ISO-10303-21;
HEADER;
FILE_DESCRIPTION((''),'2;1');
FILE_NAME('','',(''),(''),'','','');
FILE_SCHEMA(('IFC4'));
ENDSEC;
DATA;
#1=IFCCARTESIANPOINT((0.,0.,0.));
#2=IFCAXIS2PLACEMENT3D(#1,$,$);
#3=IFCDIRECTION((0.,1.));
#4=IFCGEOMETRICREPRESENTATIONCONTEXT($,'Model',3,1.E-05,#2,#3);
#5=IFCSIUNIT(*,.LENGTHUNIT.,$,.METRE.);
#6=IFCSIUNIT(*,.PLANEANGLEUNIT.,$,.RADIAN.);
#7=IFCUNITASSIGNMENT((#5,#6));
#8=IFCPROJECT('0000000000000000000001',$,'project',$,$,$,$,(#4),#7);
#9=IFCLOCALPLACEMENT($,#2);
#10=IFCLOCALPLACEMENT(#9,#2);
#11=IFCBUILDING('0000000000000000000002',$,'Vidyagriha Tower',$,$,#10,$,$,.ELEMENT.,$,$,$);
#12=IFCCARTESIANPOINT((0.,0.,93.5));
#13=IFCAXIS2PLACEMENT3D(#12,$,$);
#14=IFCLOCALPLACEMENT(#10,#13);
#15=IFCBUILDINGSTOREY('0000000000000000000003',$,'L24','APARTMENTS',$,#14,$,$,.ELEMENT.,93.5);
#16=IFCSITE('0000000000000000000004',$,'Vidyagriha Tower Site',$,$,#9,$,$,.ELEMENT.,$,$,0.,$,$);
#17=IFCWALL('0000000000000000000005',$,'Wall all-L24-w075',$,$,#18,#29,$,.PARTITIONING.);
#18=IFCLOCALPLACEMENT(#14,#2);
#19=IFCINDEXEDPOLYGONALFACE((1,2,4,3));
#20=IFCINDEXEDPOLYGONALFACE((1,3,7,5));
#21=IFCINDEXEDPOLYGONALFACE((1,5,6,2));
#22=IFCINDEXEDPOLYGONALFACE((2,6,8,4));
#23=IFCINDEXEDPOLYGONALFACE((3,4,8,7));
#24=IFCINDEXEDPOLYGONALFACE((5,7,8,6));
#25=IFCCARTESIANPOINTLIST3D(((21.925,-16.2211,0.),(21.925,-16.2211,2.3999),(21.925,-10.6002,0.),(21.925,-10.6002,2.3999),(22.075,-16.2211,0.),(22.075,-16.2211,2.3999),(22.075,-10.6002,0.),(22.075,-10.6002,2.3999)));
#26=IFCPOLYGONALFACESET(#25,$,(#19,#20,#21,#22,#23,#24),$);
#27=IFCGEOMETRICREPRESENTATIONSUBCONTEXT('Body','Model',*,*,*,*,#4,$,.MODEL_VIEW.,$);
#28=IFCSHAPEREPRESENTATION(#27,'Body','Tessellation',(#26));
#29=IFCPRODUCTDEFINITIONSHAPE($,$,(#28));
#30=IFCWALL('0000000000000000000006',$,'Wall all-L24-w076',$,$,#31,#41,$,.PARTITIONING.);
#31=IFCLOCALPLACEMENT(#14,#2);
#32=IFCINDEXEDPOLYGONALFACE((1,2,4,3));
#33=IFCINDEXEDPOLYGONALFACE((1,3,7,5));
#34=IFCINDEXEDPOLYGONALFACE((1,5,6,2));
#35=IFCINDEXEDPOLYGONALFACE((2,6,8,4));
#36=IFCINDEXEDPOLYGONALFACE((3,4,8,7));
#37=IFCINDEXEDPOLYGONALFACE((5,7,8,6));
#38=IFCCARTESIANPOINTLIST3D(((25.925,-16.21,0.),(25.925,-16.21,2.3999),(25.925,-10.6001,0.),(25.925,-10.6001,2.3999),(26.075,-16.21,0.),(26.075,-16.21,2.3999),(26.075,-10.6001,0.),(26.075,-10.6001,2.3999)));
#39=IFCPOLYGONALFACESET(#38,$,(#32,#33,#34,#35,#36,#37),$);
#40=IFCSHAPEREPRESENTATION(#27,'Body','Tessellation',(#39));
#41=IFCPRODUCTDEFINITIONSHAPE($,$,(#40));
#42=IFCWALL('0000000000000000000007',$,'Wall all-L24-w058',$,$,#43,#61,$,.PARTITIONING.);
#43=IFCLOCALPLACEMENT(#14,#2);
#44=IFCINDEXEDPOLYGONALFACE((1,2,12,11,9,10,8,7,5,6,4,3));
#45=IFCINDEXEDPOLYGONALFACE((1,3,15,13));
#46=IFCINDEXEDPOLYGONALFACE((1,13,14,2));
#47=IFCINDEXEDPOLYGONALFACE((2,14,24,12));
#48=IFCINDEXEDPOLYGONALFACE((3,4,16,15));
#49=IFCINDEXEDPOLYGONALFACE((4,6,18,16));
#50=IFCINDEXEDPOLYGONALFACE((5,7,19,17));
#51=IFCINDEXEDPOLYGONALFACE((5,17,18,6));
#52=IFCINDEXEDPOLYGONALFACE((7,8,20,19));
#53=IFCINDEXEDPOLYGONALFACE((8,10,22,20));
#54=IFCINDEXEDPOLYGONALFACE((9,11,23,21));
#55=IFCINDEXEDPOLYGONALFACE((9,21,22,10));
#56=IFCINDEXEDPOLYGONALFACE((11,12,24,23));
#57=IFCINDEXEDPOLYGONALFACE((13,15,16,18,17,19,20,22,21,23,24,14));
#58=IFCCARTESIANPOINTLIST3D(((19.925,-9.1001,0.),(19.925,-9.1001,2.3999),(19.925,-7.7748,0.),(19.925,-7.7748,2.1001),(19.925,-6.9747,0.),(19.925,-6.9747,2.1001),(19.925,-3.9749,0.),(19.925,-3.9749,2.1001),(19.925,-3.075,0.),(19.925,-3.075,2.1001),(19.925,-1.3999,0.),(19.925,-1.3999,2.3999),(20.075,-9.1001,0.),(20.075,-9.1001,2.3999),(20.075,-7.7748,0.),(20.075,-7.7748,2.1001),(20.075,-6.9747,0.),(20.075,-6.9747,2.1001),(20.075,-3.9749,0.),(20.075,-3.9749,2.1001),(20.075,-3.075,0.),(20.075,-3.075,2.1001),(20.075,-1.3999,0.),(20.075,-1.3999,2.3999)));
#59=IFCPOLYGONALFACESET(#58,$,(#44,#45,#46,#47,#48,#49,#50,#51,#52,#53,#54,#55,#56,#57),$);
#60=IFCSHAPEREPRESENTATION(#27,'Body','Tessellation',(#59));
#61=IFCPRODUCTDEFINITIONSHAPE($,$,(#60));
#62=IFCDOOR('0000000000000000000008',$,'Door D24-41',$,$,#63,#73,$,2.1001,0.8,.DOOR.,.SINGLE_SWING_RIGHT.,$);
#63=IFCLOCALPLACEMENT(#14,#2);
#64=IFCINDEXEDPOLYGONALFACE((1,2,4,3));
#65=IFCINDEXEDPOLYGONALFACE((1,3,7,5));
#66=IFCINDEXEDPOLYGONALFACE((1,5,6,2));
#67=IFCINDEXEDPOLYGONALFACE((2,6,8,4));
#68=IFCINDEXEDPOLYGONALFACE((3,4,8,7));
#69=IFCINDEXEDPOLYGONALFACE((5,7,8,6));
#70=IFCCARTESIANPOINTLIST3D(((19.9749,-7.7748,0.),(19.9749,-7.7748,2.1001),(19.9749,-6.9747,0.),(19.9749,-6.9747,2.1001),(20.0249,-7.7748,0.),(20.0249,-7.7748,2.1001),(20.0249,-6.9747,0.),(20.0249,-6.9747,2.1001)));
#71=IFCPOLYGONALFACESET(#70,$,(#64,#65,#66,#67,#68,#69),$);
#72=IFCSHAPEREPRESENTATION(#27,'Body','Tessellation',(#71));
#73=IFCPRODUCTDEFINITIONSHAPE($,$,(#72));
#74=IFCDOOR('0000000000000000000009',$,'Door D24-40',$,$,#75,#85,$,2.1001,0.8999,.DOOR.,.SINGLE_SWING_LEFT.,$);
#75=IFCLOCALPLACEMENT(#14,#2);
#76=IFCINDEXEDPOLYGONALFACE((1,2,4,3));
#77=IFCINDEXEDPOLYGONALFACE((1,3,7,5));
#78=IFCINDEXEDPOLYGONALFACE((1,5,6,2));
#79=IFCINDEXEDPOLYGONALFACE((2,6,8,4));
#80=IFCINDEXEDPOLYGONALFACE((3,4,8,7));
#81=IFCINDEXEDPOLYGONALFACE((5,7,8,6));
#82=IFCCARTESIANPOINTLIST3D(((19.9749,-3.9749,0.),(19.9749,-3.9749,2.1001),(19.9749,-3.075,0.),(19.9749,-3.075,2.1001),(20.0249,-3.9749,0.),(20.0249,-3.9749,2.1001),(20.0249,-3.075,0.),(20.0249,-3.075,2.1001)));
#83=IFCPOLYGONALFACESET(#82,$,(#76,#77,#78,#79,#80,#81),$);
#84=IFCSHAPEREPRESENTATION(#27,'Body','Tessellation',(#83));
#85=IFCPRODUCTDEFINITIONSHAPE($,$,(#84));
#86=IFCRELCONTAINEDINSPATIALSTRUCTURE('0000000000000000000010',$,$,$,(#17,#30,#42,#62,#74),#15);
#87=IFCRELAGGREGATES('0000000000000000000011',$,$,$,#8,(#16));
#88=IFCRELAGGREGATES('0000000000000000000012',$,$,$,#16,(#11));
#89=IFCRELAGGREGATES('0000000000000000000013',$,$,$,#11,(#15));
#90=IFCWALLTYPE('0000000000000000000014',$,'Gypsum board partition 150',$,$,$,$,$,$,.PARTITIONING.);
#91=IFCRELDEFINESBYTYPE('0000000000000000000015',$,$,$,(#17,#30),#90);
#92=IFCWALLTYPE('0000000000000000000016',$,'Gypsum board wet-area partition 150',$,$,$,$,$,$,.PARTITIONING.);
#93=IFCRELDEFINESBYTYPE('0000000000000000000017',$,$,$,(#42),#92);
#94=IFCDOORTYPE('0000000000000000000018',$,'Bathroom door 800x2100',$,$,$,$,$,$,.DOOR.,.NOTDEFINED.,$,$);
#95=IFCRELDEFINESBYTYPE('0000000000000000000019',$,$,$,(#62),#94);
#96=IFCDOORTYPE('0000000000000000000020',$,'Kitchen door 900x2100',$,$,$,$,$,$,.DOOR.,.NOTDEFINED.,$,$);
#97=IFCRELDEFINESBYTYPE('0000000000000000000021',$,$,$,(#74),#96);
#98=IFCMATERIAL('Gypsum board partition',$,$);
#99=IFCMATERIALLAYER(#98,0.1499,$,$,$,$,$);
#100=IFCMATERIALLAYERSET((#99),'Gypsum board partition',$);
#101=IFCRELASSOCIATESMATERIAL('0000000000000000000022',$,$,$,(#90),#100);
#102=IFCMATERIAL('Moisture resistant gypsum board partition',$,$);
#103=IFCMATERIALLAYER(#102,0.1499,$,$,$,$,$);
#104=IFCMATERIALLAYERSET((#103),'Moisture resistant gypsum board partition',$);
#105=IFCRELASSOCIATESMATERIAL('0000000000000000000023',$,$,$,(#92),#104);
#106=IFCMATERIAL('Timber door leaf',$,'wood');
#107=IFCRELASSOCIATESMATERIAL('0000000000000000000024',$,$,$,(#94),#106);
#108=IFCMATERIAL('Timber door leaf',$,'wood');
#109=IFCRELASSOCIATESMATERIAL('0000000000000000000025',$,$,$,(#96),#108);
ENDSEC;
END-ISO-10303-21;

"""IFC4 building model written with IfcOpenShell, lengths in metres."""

from ifc_helpers import new_model, si_unit, direction, frame, frame_2d, origin, place, context, subcontext, project, spatial, rectangle, extrude, material, layer, layer_set, type_object, element, fill, save


model = new_model("IFC4")

# Units and contexts
model_context = context("Model", 3, precision=1e-05, world=origin(), true_north=direction((0.0, 1.0)))
body_context = subcontext(model_context, "Body", "Model", "MODEL_VIEW")
ifc_project = project(units=[si_unit("LENGTHUNIT", "METRE"), si_unit("PLANEANGLEUNIT", "RADIAN")], contexts=[model_context])

# Site, building, storey
site_placement = place(None, origin())
site = spatial("IfcSite", under=ifc_project, at=site_placement, Name="Vidyagriha Tower Site", CompositionType="ELEMENT", RefElevation=0.0)
building_placement = place(site_placement, origin())
building = spatial("IfcBuilding", under=site, at=building_placement, Name="Vidyagriha Tower", CompositionType="ELEMENT")
storey_placement = place(building_placement, frame((0.0, 0.0, 93.5)))
storey = spatial("IfcBuildingStorey", under=building, at=storey_placement, Name="L24", Description="APARTMENTS", CompositionType="ELEMENT", Elevation=93.5)

# Shared definitions
ifc_material_1 = material(Name="Gypsum board partition")
ifc_layer_1 = layer(ifc_material_1, 0.1499)
ifc_layer_set_1 = layer_set([ifc_layer_1], Name="Gypsum board partition")
wall_type_1 = type_object("IfcWallType", Name="Gypsum board partition 150", PredefinedType="PARTITIONING", material=ifc_layer_set_1)

# Walls
wall_1_placement = place(storey_placement, frame((22.0, -10.6001, 0.0), z_axis=(0.0, 0.0, 1.0), x_axis=(0.0, -1.0, 0.0)))
element("IfcWall", 1, at=wall_1_placement, inside=storey, type_object=wall_type_1, Name="Wall all-L24-w075", PredefinedType="PARTITIONING", context=body_context, shape_type="SweptSolid", body=[
    extrude(rectangle(XDim=5.6208, YDim=0.1499, at=frame_2d((2.8105, 0.0))), origin(), (0.0, 0.0, 1.0), 2.3999),
])
wall_2_placement = place(storey_placement, frame((26.0, -10.6001, 0.0), z_axis=(0.0, 0.0, 1.0), x_axis=(0.0, -1.0, 0.0)))
element("IfcWall", 2, at=wall_2_placement, inside=storey, type_object=wall_type_1, Name="Wall all-L24-w076", PredefinedType="PARTITIONING", context=body_context, shape_type="SweptSolid", body=[
    extrude(rectangle(XDim=5.6099, YDim=0.1499, at=frame_2d((2.8049, 0.0))), origin(), (0.0, 0.0, 1.0), 2.3999),
])

# Wall, openings, doors
ifc_material_2 = material(Name="Moisture resistant gypsum board partition")
ifc_layer_2 = layer(ifc_material_2, 0.1499)
ifc_layer_set_2 = layer_set([ifc_layer_2], Name="Moisture resistant gypsum board partition")
wall_type_2 = type_object("IfcWallType", Name="Gypsum board wet-area partition 150", PredefinedType="PARTITIONING", material=ifc_layer_set_2)
wall_3_placement = place(storey_placement, frame((20.0, -1.3999, 0.0), z_axis=(0.0, 0.0, 1.0), x_axis=(0.0, -1.0, 0.0)))
wall_3 = element("IfcWall", 3, at=wall_3_placement, inside=storey, type_object=wall_type_2, Name="Wall all-L24-w058", PredefinedType="PARTITIONING", context=body_context, shape_type="SweptSolid", body=[
    extrude(rectangle(XDim=7.7002, YDim=0.1499, at=frame_2d((3.8501, 0.0))), origin(), (0.0, 0.0, 1.0), 2.3999),
])
opening_1_placement = place(wall_3_placement, frame((1.675, 0.0, 0.0)))
opening_1 = element("IfcOpeningElement", 4, at=opening_1_placement, cuts=wall_3, PredefinedType="OPENING", context=body_context, shape_type="SweptSolid", body=[
    extrude(rectangle(XDim=0.8999, YDim=2.1001, at=frame_2d((0.45, 1.05))), frame((0.0, 0.085, 0.0), z_axis=(0.0, -1.0, 0.0), x_axis=(1.0, 0.0, 0.0)), (0.0, 0.0, 1.0), 0.1699),
])
opening_2_placement = place(wall_3_placement, frame((5.575, 0.0, 0.0)))
opening_2 = element("IfcOpeningElement", 5, at=opening_2_placement, cuts=wall_3, PredefinedType="OPENING", context=body_context, shape_type="SweptSolid", body=[
    extrude(rectangle(XDim=0.8, YDim=2.1001, at=frame_2d((0.3999, 1.05))), frame((0.0, 0.085, 0.0), z_axis=(0.0, -1.0, 0.0), x_axis=(1.0, 0.0, 0.0)), (0.0, 0.0, 1.0), 0.1699),
])
ifc_material_3 = material(Name="Timber door leaf", Category="wood")
door_type_1 = type_object("IfcDoorType", Name="Bathroom door 800x2100", OperationType="NOTDEFINED", PredefinedType="DOOR", material=ifc_material_3)
door_1_placement = place(opening_2_placement, origin())
door_1 = element("IfcDoor", 6, at=door_1_placement, inside=storey, type_object=door_type_1, Name="Door D24-41", OperationType="SINGLE_SWING_RIGHT", OverallHeight=2.1001, OverallWidth=0.8, PredefinedType="DOOR", context=body_context, shape_type="SweptSolid", body=[
    extrude(rectangle(XDim=0.8, YDim=2.1001, at=frame_2d((0.3999, 1.05))), frame((0.0, 0.0249, 0.0), z_axis=(0.0, -1.0, 0.0), x_axis=(1.0, 0.0, 0.0)), (0.0, 0.0, 1.0), 0.05),
])
fill(opening_2, door_1)
ifc_material_4 = material(Name="Timber door leaf", Category="wood")
door_type_2 = type_object("IfcDoorType", Name="Kitchen door 900x2100", OperationType="NOTDEFINED", PredefinedType="DOOR", material=ifc_material_4)
door_2_placement = place(opening_1_placement, origin())
door_2 = element("IfcDoor", 7, at=door_2_placement, inside=storey, type_object=door_type_2, Name="Door D24-40", OperationType="SINGLE_SWING_LEFT", OverallHeight=2.1001, OverallWidth=0.8999, PredefinedType="DOOR", context=body_context, shape_type="SweptSolid", body=[
    extrude(rectangle(XDim=0.8999, YDim=2.1001, at=frame_2d((0.45, 1.05))), frame((0.0, 0.0249, 0.0), z_axis=(0.0, -1.0, 0.0), x_axis=(1.0, 0.0, 0.0)), (0.0, 0.0, 1.0), 0.05),
])
fill(opening_1, door_2)

save(model, "model.ifc")
